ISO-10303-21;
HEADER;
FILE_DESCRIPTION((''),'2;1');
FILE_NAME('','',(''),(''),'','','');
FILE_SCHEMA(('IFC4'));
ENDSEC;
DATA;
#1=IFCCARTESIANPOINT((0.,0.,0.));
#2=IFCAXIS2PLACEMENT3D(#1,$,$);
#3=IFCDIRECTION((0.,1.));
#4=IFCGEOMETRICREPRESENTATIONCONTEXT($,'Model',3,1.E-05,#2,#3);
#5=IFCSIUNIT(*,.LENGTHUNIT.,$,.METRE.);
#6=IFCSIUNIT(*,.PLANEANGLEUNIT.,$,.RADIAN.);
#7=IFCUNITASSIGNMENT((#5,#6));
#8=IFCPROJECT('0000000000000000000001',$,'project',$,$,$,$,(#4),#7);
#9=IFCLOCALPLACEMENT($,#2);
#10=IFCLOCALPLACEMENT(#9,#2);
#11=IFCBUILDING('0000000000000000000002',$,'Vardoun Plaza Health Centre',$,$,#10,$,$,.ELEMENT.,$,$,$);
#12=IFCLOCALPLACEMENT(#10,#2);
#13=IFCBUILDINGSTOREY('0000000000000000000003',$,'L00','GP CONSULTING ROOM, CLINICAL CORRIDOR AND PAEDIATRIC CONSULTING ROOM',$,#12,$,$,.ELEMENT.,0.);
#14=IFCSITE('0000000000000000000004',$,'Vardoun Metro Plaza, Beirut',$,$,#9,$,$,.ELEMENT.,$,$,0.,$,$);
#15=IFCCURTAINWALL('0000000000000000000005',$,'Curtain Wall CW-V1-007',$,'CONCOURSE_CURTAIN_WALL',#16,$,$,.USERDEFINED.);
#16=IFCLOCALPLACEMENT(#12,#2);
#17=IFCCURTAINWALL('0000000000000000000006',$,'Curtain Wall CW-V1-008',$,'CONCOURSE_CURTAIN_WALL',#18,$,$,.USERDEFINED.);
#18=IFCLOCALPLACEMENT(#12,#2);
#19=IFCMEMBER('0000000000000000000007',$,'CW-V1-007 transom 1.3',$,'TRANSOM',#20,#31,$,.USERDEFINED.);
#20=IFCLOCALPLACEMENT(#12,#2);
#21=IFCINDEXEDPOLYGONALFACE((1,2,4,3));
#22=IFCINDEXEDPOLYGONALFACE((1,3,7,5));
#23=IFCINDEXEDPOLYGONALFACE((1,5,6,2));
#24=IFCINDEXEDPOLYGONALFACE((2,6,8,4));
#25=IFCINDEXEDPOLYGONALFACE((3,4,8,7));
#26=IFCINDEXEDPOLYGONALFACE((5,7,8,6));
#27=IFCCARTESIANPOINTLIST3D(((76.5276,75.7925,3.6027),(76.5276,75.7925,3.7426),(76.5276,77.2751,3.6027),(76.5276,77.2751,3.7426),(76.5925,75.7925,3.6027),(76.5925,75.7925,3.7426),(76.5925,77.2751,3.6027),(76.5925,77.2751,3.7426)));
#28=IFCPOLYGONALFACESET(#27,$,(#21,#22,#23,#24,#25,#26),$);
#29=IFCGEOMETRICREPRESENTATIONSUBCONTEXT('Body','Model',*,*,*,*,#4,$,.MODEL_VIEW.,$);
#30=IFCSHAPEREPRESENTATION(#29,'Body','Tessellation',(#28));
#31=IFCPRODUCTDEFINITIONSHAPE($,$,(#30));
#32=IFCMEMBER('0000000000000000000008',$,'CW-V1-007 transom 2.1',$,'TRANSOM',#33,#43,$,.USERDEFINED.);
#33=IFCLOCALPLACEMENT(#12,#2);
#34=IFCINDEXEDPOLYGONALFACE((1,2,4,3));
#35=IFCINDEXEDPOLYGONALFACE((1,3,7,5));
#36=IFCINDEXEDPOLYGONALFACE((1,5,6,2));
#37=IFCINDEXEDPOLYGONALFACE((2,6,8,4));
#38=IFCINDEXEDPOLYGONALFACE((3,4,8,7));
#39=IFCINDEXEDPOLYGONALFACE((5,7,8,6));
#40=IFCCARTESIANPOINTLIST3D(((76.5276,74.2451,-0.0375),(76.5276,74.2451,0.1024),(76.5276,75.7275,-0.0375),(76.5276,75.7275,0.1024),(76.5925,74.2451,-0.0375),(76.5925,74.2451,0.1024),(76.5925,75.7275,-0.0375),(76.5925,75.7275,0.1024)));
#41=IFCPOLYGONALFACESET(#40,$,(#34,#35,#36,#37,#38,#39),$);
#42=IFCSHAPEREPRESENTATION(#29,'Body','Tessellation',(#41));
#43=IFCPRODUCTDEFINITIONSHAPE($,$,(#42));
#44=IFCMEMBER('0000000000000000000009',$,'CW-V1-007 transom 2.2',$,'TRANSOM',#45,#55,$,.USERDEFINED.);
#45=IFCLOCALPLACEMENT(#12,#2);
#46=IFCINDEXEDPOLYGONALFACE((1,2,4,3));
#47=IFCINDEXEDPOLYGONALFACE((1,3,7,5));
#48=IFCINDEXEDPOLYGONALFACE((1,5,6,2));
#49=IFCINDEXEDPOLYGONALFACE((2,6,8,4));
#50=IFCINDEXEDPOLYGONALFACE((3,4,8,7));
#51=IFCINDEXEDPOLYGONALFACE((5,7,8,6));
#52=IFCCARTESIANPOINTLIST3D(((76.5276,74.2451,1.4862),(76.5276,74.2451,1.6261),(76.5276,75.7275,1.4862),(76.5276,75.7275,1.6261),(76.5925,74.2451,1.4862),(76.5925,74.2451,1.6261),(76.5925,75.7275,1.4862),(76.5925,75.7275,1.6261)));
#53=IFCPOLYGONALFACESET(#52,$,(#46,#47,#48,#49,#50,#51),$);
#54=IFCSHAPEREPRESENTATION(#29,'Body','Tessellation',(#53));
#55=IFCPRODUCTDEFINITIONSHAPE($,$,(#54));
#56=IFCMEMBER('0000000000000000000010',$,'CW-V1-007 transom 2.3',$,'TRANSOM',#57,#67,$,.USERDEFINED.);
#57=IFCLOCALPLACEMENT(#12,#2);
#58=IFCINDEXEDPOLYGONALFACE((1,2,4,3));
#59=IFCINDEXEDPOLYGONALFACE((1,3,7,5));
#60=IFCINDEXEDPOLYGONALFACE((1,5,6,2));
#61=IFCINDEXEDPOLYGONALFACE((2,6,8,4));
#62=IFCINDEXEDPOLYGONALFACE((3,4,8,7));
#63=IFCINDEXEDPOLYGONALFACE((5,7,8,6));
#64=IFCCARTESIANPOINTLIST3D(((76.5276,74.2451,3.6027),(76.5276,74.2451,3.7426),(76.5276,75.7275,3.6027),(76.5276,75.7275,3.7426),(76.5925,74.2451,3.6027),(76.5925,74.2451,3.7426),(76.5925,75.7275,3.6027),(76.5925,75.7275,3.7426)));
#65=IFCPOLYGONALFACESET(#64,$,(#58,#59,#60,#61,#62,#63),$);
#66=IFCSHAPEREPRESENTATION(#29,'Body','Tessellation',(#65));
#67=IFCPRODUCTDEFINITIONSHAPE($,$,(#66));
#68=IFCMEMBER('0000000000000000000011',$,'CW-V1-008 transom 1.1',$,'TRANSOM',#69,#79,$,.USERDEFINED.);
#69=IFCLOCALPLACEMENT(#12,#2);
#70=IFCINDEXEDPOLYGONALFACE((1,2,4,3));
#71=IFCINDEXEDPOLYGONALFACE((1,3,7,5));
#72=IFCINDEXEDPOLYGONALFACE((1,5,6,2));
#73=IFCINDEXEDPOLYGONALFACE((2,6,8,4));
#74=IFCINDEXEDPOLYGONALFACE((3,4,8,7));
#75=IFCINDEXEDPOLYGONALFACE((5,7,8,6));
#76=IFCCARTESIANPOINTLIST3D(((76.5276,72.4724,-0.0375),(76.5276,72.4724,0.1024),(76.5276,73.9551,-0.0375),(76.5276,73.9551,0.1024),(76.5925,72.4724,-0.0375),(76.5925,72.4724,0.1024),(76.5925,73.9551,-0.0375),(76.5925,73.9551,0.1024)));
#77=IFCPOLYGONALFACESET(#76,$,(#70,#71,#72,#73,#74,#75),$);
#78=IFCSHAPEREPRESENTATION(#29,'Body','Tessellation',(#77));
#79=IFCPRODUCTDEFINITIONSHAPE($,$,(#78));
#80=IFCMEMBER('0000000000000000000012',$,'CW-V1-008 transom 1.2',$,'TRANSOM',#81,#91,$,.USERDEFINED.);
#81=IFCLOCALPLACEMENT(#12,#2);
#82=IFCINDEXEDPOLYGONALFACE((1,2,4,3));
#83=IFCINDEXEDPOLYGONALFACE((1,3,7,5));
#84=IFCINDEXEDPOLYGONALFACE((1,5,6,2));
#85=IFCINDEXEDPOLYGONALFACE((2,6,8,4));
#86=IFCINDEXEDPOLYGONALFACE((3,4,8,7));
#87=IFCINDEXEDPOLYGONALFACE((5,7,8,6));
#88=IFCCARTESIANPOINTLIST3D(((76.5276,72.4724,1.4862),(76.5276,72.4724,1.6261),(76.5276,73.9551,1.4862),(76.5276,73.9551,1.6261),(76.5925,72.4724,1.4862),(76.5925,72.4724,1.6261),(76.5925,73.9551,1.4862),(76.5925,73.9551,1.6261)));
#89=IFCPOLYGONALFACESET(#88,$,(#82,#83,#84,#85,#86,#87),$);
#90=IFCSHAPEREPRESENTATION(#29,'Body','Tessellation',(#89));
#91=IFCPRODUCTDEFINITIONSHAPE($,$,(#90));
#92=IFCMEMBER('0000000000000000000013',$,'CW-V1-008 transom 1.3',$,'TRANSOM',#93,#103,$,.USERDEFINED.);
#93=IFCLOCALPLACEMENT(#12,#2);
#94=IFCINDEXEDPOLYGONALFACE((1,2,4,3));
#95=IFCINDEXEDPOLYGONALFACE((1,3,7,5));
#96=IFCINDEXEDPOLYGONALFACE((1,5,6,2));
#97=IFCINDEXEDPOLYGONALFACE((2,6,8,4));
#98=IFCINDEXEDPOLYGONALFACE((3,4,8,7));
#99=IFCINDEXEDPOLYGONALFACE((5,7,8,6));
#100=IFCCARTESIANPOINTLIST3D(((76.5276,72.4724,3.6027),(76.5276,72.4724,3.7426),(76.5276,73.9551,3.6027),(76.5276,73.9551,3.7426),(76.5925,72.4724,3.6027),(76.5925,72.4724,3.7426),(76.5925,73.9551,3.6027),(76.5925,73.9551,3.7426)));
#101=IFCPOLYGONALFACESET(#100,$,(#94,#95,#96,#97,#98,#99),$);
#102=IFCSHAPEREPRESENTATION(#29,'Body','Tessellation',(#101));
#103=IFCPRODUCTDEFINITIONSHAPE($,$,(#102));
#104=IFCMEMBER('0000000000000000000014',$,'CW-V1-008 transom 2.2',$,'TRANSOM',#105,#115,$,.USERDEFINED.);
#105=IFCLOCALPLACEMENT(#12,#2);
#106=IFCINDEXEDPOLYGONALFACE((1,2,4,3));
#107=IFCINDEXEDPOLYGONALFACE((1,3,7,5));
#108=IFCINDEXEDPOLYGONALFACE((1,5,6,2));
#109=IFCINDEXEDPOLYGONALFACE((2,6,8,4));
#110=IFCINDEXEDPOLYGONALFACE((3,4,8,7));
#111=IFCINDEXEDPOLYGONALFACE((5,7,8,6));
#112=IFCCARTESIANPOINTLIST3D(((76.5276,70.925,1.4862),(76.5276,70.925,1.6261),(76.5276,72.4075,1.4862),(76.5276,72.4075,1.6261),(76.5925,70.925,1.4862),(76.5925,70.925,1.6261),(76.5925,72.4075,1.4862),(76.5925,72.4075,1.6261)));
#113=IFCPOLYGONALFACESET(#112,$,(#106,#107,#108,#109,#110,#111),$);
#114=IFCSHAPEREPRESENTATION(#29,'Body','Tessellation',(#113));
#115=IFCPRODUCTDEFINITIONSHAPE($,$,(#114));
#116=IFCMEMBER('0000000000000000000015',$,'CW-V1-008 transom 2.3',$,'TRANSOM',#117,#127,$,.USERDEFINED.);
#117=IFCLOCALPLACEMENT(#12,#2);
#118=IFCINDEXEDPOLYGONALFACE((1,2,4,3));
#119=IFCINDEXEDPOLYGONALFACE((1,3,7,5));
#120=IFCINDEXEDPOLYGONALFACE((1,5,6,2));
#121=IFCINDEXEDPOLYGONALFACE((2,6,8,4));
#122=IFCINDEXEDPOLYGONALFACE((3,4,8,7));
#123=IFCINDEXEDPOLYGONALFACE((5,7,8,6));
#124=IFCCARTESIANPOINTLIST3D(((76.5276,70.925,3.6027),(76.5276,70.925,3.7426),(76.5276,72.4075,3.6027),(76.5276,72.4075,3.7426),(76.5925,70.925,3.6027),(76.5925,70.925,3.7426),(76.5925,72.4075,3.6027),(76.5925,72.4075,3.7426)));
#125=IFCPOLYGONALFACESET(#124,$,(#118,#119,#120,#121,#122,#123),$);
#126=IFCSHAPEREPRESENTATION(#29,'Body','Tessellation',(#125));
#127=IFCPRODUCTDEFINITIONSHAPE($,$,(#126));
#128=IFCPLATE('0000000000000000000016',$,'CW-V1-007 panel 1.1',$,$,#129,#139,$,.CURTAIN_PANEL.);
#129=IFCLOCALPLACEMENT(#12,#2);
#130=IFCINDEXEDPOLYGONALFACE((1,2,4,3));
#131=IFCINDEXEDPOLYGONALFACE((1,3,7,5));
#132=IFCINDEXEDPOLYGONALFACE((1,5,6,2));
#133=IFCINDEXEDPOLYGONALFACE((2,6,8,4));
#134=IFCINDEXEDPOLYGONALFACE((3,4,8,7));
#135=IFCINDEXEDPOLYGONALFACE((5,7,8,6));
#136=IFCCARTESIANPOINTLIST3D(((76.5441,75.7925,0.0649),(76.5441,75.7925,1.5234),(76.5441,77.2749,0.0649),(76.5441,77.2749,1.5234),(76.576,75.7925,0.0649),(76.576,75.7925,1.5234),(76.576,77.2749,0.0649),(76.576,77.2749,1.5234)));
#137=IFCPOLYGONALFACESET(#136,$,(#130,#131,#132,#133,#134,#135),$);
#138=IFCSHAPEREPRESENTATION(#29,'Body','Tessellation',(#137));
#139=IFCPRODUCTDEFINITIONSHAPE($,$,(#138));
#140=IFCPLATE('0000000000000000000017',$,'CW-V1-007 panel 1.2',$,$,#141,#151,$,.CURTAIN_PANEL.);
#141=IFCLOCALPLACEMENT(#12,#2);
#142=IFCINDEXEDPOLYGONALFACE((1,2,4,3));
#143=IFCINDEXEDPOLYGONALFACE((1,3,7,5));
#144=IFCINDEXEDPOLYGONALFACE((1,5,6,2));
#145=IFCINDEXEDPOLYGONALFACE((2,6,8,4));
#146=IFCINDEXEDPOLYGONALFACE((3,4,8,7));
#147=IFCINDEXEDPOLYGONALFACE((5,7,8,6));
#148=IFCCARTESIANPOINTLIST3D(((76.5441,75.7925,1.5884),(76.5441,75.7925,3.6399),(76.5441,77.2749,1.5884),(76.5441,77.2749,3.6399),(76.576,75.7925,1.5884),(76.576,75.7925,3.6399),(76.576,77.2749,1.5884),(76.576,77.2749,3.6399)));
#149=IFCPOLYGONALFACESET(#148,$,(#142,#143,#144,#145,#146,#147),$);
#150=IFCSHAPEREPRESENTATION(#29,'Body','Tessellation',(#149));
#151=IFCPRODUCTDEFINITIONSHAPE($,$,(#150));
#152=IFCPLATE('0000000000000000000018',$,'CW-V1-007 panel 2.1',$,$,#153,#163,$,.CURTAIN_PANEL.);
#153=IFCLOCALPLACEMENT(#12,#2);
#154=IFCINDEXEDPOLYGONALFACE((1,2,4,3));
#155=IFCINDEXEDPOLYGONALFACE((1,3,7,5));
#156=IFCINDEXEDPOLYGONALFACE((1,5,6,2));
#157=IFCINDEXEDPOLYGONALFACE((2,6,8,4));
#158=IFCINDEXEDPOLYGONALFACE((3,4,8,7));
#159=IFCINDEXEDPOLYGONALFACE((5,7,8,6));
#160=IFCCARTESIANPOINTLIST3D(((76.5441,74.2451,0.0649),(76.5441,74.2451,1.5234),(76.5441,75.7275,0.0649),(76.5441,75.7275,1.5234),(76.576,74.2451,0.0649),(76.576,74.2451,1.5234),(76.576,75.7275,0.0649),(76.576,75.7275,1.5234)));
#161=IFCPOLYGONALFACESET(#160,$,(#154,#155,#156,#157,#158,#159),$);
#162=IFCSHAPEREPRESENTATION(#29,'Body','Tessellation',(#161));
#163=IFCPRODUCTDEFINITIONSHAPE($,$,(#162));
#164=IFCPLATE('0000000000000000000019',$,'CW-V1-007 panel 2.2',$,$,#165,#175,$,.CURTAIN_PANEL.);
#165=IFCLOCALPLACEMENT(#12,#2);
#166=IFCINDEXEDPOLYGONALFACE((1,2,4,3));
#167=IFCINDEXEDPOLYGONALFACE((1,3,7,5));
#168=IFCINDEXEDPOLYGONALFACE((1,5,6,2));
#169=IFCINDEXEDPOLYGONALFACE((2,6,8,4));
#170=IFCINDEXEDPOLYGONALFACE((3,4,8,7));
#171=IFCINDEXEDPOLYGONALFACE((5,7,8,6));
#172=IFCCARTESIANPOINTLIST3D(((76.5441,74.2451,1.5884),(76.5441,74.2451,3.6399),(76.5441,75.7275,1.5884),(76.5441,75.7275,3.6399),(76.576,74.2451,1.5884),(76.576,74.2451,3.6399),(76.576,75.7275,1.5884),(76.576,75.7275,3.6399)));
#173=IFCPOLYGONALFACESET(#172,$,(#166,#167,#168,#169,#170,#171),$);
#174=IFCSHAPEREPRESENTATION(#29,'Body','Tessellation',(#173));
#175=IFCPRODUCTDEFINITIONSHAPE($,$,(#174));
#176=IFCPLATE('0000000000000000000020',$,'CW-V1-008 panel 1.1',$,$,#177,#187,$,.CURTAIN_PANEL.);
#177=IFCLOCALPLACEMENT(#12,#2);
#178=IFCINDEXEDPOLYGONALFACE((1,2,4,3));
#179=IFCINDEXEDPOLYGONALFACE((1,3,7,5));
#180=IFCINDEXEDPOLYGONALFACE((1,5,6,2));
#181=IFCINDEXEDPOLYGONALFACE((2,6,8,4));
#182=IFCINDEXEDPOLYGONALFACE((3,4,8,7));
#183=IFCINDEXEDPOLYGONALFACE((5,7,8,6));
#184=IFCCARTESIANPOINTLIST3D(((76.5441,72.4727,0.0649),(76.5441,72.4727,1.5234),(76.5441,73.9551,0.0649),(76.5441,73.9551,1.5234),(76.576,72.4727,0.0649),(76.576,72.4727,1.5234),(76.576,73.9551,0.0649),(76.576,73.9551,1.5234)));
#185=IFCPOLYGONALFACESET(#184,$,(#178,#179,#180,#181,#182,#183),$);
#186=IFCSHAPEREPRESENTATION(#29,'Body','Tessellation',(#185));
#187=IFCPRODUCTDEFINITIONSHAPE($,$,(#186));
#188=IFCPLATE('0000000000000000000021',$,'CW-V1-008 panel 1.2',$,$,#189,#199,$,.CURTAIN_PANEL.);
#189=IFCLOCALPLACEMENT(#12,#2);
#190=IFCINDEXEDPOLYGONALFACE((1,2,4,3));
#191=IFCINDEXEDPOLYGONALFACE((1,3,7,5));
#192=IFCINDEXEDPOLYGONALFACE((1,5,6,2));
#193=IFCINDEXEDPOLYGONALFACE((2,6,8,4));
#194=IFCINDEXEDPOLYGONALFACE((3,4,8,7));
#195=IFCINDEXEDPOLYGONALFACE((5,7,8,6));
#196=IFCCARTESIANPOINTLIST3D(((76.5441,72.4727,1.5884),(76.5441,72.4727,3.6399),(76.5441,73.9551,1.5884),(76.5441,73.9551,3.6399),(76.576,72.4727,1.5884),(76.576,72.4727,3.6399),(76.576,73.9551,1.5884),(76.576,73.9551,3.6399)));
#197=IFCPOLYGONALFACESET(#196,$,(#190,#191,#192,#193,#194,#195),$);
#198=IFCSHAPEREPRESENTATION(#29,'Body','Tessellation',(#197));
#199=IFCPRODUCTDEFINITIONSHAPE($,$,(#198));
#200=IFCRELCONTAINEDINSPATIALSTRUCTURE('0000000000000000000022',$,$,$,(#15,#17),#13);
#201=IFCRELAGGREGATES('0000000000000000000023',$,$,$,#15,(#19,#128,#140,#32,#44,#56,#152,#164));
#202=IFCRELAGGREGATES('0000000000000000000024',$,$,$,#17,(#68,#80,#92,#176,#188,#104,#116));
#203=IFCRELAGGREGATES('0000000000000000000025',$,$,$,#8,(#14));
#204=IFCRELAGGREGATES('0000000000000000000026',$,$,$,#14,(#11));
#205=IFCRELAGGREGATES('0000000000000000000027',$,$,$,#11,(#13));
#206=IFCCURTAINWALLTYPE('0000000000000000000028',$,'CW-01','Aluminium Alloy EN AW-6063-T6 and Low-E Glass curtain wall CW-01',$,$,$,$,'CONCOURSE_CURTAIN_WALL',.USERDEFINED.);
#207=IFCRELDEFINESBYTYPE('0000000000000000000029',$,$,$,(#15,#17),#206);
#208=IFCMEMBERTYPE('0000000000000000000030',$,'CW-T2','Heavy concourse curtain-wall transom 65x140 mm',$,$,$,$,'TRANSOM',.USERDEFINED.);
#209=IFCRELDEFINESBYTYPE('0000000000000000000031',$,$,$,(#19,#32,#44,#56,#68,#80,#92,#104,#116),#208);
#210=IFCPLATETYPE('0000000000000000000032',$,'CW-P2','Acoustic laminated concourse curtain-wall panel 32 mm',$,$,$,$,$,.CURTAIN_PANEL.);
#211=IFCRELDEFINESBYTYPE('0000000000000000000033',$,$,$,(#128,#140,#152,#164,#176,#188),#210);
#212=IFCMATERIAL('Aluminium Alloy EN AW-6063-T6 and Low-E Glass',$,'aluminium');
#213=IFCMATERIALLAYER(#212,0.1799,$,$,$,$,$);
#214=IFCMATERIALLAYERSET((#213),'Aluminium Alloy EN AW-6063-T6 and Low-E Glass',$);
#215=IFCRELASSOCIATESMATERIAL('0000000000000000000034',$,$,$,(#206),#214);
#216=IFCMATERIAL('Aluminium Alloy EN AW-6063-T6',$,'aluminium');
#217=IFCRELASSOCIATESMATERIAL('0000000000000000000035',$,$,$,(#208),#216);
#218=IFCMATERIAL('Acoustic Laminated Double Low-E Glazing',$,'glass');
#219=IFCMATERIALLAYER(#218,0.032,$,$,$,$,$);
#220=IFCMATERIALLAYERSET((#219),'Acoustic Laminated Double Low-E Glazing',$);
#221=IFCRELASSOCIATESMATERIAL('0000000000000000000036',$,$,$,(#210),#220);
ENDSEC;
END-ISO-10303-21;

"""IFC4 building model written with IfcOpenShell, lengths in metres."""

from ifc_helpers import new_model, si_unit, direction, frame, origin, origin_2d, place, context, subcontext, project, spatial, rectangle, extrude, material, layer, layer_set, material_profile, profile_set, type_object, element, aggregate, save


model = new_model("IFC4")

# Units and contexts
model_context = context("Model", 3, precision=1e-05, world=origin(), true_north=direction((0.0, 1.0)))
body_context = subcontext(model_context, "Body", "Model", "MODEL_VIEW")
ifc_project = project(units=[si_unit("LENGTHUNIT", "METRE"), si_unit("PLANEANGLEUNIT", "RADIAN")], contexts=[model_context])

# Site, building, storey
site_placement = place(None, origin())
site = spatial("IfcSite", under=ifc_project, at=site_placement, Name="Vardoun Metro Plaza, Beirut", CompositionType="ELEMENT", RefElevation=0.0)
building_placement = place(site_placement, origin())
building = spatial("IfcBuilding", under=site, at=building_placement, Name="Vardoun Plaza Health Centre", CompositionType="ELEMENT")
storey_placement = place(building_placement, origin())
storey = spatial("IfcBuildingStorey", under=building, at=storey_placement, Name="L00", Description="GP CONSULTING ROOM, CLINICAL CORRIDOR AND PAEDIATRIC CONSULTING ROOM", CompositionType="ELEMENT", Elevation=0.0)

# Curtain walls
ifc_material_1 = material(Name="Aluminium Alloy EN AW-6063-T6 and Low-E Glass", Category="aluminium")
ifc_layer_1 = layer(ifc_material_1, 0.1799)
ifc_layer_set_1 = layer_set([ifc_layer_1], Name="Aluminium Alloy EN AW-6063-T6 and Low-E Glass")
curtain_wall_type = type_object("IfcCurtainWallType", Name="CW-01", Description="Aluminium Alloy EN AW-6063-T6 and Low-E Glass curtain wall CW-01", ElementType="CONCOURSE_CURTAIN_WALL", PredefinedType="USERDEFINED", material=ifc_layer_set_1)
curtain_wall_1_placement = place(storey_placement, origin())
curtain_wall_1 = element("IfcCurtainWall", 1, at=curtain_wall_1_placement, inside=storey, type_object=curtain_wall_type, Name="Curtain Wall CW-V1-007", ObjectType="CONCOURSE_CURTAIN_WALL", PredefinedType="USERDEFINED")
curtain_wall_2_placement = place(storey_placement, origin())
curtain_wall_2 = element("IfcCurtainWall", 2, at=curtain_wall_2_placement, inside=storey, type_object=curtain_wall_type, Name="Curtain Wall CW-V1-008", ObjectType="CONCOURSE_CURTAIN_WALL", PredefinedType="USERDEFINED")

# Members
ifc_material_2 = material(Name="Aluminium Alloy EN AW-6063-T6", Category="aluminium")
ifc_material_profile_1 = material_profile(ifc_material_2, rectangle(XDim=0.0649, YDim=0.1399, at=origin_2d()), Name="CWT 65x140")
ifc_profile_set_1 = profile_set([ifc_material_profile_1], Name="Aluminium Alloy EN AW-6063-T6")
member_type_1 = type_object("IfcMemberType", Name="CW-T2", Description="Heavy concourse curtain-wall transom 65x140 mm", ElementType="TRANSOM", PredefinedType="USERDEFINED", material=ifc_profile_set_1)
member_1_placement = place(storey_placement, frame((76.5601, 77.2751, 3.6726), z_axis=(0.0, -1.0, 0.0), x_axis=(1.0, 0.0, 0.0)))
member_1 = element("IfcMember", 3, at=member_1_placement, type_object=member_type_1, Name="CW-V1-007 transom 1.3", ObjectType="TRANSOM", PredefinedType="USERDEFINED", context=body_context, shape_type="SweptSolid", body=[
    extrude(rectangle(XDim=0.0649, YDim=0.1399, at=origin_2d()), origin(), (0.0, 0.0, 1.0), 1.4827),
])
member_2_placement = place(storey_placement, frame((76.5601, 75.7275, 0.0325), z_axis=(0.0, -1.0, 0.0), x_axis=(1.0, 0.0, 0.0)))
member_2 = element("IfcMember", 4, at=member_2_placement, type_object=member_type_1, Name="CW-V1-007 transom 2.1", ObjectType="TRANSOM", PredefinedType="USERDEFINED", context=body_context, shape_type="SweptSolid", body=[
    extrude(rectangle(XDim=0.0649, YDim=0.1399, at=origin_2d()), origin(), (0.0, 0.0, 1.0), 1.4824),
])
member_3_placement = place(storey_placement, frame((76.5601, 75.7275, 1.5562), z_axis=(0.0, -1.0, 0.0), x_axis=(1.0, 0.0, 0.0)))
member_3 = element("IfcMember", 5, at=member_3_placement, type_object=member_type_1, Name="CW-V1-007 transom 2.2", ObjectType="TRANSOM", PredefinedType="USERDEFINED", context=body_context, shape_type="SweptSolid", body=[
    extrude(rectangle(XDim=0.0649, YDim=0.1399, at=origin_2d()), origin(), (0.0, 0.0, 1.0), 1.4824),
])
member_4_placement = place(storey_placement, frame((76.5601, 75.7275, 3.6726), z_axis=(0.0, -1.0, 0.0), x_axis=(1.0, 0.0, 0.0)))
member_4 = element("IfcMember", 6, at=member_4_placement, type_object=member_type_1, Name="CW-V1-007 transom 2.3", ObjectType="TRANSOM", PredefinedType="USERDEFINED", context=body_context, shape_type="SweptSolid", body=[
    extrude(rectangle(XDim=0.0649, YDim=0.1399, at=origin_2d()), origin(), (0.0, 0.0, 1.0), 1.4824),
])
member_5_placement = place(storey_placement, frame((76.5601, 73.9551, 0.0325), z_axis=(0.0, -1.0, 0.0), x_axis=(1.0, 0.0, 0.0)))
member_5 = element("IfcMember", 7, at=member_5_placement, type_object=member_type_1, Name="CW-V1-008 transom 1.1", ObjectType="TRANSOM", PredefinedType="USERDEFINED", context=body_context, shape_type="SweptSolid", body=[
    extrude(rectangle(XDim=0.0649, YDim=0.1399, at=origin_2d()), origin(), (0.0, 0.0, 1.0), 1.4827),
])
member_6_placement = place(storey_placement, frame((76.5601, 73.9551, 1.5562), z_axis=(0.0, -1.0, 0.0), x_axis=(1.0, 0.0, 0.0)))
member_6 = element("IfcMember", 8, at=member_6_placement, type_object=member_type_1, Name="CW-V1-008 transom 1.2", ObjectType="TRANSOM", PredefinedType="USERDEFINED", context=body_context, shape_type="SweptSolid", body=[
    extrude(rectangle(XDim=0.0649, YDim=0.1399, at=origin_2d()), origin(), (0.0, 0.0, 1.0), 1.4827),
])
member_7_placement = place(storey_placement, frame((76.5601, 73.9551, 3.6726), z_axis=(0.0, -1.0, 0.0), x_axis=(1.0, 0.0, 0.0)))
member_7 = element("IfcMember", 9, at=member_7_placement, type_object=member_type_1, Name="CW-V1-008 transom 1.3", ObjectType="TRANSOM", PredefinedType="USERDEFINED", context=body_context, shape_type="SweptSolid", body=[
    extrude(rectangle(XDim=0.0649, YDim=0.1399, at=origin_2d()), origin(), (0.0, 0.0, 1.0), 1.4827),
])
member_8_placement = place(storey_placement, frame((76.5601, 72.4075, 1.5562), z_axis=(0.0, -1.0, 0.0), x_axis=(1.0, 0.0, 0.0)))
member_8 = element("IfcMember", 10, at=member_8_placement, type_object=member_type_1, Name="CW-V1-008 transom 2.2", ObjectType="TRANSOM", PredefinedType="USERDEFINED", context=body_context, shape_type="SweptSolid", body=[
    extrude(rectangle(XDim=0.0649, YDim=0.1399, at=origin_2d()), origin(), (0.0, 0.0, 1.0), 1.4824),
])
member_9_placement = place(storey_placement, frame((76.5601, 72.4075, 3.6726), z_axis=(0.0, -1.0, 0.0), x_axis=(1.0, 0.0, 0.0)))
member_9 = element("IfcMember", 11, at=member_9_placement, type_object=member_type_1, Name="CW-V1-008 transom 2.3", ObjectType="TRANSOM", PredefinedType="USERDEFINED", context=body_context, shape_type="SweptSolid", body=[
    extrude(rectangle(XDim=0.0649, YDim=0.1399, at=origin_2d()), origin(), (0.0, 0.0, 1.0), 1.4824),
])

# Plates
ifc_material_3 = material(Name="Acoustic Laminated Double Low-E Glazing", Category="glass")
ifc_layer_2 = layer(ifc_material_3, 0.032)
ifc_layer_set_2 = layer_set([ifc_layer_2], Name="Acoustic Laminated Double Low-E Glazing")
plate_type = type_object("IfcPlateType", Name="CW-P2", Description="Acoustic laminated concourse curtain-wall panel 32 mm", PredefinedType="CURTAIN_PANEL", material=ifc_layer_set_2)
plate_1_placement = place(storey_placement, frame((76.5601, 76.5337, 0.0649), z_axis=(0.0, 0.0, 1.0), x_axis=(0.0, -1.0, 0.0)))
plate_1 = element("IfcPlate", 12, at=plate_1_placement, type_object=plate_type, Name="CW-V1-007 panel 1.1", PredefinedType="CURTAIN_PANEL", context=body_context, shape_type="SweptSolid", body=[
    extrude(rectangle(XDim=1.4824, YDim=0.032, at=origin_2d()), origin(), (0.0, 0.0, 1.0), 1.4585),
])
plate_2_placement = place(storey_placement, frame((76.5601, 76.5337, 1.5884), z_axis=(0.0, 0.0, 1.0), x_axis=(0.0, -1.0, 0.0)))
plate_2 = element("IfcPlate", 13, at=plate_2_placement, type_object=plate_type, Name="CW-V1-007 panel 1.2", PredefinedType="CURTAIN_PANEL", context=body_context, shape_type="SweptSolid", body=[
    extrude(rectangle(XDim=1.4824, YDim=0.032, at=origin_2d()), origin(), (0.0, 0.0, 1.0), 2.0515),
])
plate_3_placement = place(storey_placement, frame((76.5601, 74.9863, 0.0649), z_axis=(0.0, 0.0, 1.0), x_axis=(0.0, -1.0, 0.0)))
plate_3 = element("IfcPlate", 14, at=plate_3_placement, type_object=plate_type, Name="CW-V1-007 panel 2.1", PredefinedType="CURTAIN_PANEL", context=body_context, shape_type="SweptSolid", body=[
    extrude(rectangle(XDim=1.4824, YDim=0.032, at=origin_2d()), origin(), (0.0, 0.0, 1.0), 1.4585),
])
plate_4_placement = place(storey_placement, frame((76.5601, 74.9863, 1.5884), z_axis=(0.0, 0.0, 1.0), x_axis=(0.0, -1.0, 0.0)))
plate_4 = element("IfcPlate", 15, at=plate_4_placement, type_object=plate_type, Name="CW-V1-007 panel 2.2", PredefinedType="CURTAIN_PANEL", context=body_context, shape_type="SweptSolid", body=[
    extrude(rectangle(XDim=1.4824, YDim=0.032, at=origin_2d()), origin(), (0.0, 0.0, 1.0), 2.0515),
])
aggregate(curtain_wall_1, [member_1, plate_1, plate_2, member_2, member_3, member_4, plate_3, plate_4])
plate_5_placement = place(storey_placement, frame((76.5601, 73.2139, 0.0649), z_axis=(0.0, 0.0, 1.0), x_axis=(0.0, -1.0, 0.0)))
plate_5 = element("IfcPlate", 16, at=plate_5_placement, type_object=plate_type, Name="CW-V1-008 panel 1.1", PredefinedType="CURTAIN_PANEL", context=body_context, shape_type="SweptSolid", body=[
    extrude(rectangle(XDim=1.4824, YDim=0.032, at=origin_2d()), origin(), (0.0, 0.0, 1.0), 1.4585),
])
plate_6_placement = place(storey_placement, frame((76.5601, 73.2139, 1.5884), z_axis=(0.0, 0.0, 1.0), x_axis=(0.0, -1.0, 0.0)))
plate_6 = element("IfcPlate", 17, at=plate_6_placement, type_object=plate_type, Name="CW-V1-008 panel 1.2", PredefinedType="CURTAIN_PANEL", context=body_context, shape_type="SweptSolid", body=[
    extrude(rectangle(XDim=1.4824, YDim=0.032, at=origin_2d()), origin(), (0.0, 0.0, 1.0), 2.0515),
])
aggregate(curtain_wall_2, [member_5, member_6, member_7, plate_5, plate_6, member_8, member_9])

save(model, "model.ifc")
